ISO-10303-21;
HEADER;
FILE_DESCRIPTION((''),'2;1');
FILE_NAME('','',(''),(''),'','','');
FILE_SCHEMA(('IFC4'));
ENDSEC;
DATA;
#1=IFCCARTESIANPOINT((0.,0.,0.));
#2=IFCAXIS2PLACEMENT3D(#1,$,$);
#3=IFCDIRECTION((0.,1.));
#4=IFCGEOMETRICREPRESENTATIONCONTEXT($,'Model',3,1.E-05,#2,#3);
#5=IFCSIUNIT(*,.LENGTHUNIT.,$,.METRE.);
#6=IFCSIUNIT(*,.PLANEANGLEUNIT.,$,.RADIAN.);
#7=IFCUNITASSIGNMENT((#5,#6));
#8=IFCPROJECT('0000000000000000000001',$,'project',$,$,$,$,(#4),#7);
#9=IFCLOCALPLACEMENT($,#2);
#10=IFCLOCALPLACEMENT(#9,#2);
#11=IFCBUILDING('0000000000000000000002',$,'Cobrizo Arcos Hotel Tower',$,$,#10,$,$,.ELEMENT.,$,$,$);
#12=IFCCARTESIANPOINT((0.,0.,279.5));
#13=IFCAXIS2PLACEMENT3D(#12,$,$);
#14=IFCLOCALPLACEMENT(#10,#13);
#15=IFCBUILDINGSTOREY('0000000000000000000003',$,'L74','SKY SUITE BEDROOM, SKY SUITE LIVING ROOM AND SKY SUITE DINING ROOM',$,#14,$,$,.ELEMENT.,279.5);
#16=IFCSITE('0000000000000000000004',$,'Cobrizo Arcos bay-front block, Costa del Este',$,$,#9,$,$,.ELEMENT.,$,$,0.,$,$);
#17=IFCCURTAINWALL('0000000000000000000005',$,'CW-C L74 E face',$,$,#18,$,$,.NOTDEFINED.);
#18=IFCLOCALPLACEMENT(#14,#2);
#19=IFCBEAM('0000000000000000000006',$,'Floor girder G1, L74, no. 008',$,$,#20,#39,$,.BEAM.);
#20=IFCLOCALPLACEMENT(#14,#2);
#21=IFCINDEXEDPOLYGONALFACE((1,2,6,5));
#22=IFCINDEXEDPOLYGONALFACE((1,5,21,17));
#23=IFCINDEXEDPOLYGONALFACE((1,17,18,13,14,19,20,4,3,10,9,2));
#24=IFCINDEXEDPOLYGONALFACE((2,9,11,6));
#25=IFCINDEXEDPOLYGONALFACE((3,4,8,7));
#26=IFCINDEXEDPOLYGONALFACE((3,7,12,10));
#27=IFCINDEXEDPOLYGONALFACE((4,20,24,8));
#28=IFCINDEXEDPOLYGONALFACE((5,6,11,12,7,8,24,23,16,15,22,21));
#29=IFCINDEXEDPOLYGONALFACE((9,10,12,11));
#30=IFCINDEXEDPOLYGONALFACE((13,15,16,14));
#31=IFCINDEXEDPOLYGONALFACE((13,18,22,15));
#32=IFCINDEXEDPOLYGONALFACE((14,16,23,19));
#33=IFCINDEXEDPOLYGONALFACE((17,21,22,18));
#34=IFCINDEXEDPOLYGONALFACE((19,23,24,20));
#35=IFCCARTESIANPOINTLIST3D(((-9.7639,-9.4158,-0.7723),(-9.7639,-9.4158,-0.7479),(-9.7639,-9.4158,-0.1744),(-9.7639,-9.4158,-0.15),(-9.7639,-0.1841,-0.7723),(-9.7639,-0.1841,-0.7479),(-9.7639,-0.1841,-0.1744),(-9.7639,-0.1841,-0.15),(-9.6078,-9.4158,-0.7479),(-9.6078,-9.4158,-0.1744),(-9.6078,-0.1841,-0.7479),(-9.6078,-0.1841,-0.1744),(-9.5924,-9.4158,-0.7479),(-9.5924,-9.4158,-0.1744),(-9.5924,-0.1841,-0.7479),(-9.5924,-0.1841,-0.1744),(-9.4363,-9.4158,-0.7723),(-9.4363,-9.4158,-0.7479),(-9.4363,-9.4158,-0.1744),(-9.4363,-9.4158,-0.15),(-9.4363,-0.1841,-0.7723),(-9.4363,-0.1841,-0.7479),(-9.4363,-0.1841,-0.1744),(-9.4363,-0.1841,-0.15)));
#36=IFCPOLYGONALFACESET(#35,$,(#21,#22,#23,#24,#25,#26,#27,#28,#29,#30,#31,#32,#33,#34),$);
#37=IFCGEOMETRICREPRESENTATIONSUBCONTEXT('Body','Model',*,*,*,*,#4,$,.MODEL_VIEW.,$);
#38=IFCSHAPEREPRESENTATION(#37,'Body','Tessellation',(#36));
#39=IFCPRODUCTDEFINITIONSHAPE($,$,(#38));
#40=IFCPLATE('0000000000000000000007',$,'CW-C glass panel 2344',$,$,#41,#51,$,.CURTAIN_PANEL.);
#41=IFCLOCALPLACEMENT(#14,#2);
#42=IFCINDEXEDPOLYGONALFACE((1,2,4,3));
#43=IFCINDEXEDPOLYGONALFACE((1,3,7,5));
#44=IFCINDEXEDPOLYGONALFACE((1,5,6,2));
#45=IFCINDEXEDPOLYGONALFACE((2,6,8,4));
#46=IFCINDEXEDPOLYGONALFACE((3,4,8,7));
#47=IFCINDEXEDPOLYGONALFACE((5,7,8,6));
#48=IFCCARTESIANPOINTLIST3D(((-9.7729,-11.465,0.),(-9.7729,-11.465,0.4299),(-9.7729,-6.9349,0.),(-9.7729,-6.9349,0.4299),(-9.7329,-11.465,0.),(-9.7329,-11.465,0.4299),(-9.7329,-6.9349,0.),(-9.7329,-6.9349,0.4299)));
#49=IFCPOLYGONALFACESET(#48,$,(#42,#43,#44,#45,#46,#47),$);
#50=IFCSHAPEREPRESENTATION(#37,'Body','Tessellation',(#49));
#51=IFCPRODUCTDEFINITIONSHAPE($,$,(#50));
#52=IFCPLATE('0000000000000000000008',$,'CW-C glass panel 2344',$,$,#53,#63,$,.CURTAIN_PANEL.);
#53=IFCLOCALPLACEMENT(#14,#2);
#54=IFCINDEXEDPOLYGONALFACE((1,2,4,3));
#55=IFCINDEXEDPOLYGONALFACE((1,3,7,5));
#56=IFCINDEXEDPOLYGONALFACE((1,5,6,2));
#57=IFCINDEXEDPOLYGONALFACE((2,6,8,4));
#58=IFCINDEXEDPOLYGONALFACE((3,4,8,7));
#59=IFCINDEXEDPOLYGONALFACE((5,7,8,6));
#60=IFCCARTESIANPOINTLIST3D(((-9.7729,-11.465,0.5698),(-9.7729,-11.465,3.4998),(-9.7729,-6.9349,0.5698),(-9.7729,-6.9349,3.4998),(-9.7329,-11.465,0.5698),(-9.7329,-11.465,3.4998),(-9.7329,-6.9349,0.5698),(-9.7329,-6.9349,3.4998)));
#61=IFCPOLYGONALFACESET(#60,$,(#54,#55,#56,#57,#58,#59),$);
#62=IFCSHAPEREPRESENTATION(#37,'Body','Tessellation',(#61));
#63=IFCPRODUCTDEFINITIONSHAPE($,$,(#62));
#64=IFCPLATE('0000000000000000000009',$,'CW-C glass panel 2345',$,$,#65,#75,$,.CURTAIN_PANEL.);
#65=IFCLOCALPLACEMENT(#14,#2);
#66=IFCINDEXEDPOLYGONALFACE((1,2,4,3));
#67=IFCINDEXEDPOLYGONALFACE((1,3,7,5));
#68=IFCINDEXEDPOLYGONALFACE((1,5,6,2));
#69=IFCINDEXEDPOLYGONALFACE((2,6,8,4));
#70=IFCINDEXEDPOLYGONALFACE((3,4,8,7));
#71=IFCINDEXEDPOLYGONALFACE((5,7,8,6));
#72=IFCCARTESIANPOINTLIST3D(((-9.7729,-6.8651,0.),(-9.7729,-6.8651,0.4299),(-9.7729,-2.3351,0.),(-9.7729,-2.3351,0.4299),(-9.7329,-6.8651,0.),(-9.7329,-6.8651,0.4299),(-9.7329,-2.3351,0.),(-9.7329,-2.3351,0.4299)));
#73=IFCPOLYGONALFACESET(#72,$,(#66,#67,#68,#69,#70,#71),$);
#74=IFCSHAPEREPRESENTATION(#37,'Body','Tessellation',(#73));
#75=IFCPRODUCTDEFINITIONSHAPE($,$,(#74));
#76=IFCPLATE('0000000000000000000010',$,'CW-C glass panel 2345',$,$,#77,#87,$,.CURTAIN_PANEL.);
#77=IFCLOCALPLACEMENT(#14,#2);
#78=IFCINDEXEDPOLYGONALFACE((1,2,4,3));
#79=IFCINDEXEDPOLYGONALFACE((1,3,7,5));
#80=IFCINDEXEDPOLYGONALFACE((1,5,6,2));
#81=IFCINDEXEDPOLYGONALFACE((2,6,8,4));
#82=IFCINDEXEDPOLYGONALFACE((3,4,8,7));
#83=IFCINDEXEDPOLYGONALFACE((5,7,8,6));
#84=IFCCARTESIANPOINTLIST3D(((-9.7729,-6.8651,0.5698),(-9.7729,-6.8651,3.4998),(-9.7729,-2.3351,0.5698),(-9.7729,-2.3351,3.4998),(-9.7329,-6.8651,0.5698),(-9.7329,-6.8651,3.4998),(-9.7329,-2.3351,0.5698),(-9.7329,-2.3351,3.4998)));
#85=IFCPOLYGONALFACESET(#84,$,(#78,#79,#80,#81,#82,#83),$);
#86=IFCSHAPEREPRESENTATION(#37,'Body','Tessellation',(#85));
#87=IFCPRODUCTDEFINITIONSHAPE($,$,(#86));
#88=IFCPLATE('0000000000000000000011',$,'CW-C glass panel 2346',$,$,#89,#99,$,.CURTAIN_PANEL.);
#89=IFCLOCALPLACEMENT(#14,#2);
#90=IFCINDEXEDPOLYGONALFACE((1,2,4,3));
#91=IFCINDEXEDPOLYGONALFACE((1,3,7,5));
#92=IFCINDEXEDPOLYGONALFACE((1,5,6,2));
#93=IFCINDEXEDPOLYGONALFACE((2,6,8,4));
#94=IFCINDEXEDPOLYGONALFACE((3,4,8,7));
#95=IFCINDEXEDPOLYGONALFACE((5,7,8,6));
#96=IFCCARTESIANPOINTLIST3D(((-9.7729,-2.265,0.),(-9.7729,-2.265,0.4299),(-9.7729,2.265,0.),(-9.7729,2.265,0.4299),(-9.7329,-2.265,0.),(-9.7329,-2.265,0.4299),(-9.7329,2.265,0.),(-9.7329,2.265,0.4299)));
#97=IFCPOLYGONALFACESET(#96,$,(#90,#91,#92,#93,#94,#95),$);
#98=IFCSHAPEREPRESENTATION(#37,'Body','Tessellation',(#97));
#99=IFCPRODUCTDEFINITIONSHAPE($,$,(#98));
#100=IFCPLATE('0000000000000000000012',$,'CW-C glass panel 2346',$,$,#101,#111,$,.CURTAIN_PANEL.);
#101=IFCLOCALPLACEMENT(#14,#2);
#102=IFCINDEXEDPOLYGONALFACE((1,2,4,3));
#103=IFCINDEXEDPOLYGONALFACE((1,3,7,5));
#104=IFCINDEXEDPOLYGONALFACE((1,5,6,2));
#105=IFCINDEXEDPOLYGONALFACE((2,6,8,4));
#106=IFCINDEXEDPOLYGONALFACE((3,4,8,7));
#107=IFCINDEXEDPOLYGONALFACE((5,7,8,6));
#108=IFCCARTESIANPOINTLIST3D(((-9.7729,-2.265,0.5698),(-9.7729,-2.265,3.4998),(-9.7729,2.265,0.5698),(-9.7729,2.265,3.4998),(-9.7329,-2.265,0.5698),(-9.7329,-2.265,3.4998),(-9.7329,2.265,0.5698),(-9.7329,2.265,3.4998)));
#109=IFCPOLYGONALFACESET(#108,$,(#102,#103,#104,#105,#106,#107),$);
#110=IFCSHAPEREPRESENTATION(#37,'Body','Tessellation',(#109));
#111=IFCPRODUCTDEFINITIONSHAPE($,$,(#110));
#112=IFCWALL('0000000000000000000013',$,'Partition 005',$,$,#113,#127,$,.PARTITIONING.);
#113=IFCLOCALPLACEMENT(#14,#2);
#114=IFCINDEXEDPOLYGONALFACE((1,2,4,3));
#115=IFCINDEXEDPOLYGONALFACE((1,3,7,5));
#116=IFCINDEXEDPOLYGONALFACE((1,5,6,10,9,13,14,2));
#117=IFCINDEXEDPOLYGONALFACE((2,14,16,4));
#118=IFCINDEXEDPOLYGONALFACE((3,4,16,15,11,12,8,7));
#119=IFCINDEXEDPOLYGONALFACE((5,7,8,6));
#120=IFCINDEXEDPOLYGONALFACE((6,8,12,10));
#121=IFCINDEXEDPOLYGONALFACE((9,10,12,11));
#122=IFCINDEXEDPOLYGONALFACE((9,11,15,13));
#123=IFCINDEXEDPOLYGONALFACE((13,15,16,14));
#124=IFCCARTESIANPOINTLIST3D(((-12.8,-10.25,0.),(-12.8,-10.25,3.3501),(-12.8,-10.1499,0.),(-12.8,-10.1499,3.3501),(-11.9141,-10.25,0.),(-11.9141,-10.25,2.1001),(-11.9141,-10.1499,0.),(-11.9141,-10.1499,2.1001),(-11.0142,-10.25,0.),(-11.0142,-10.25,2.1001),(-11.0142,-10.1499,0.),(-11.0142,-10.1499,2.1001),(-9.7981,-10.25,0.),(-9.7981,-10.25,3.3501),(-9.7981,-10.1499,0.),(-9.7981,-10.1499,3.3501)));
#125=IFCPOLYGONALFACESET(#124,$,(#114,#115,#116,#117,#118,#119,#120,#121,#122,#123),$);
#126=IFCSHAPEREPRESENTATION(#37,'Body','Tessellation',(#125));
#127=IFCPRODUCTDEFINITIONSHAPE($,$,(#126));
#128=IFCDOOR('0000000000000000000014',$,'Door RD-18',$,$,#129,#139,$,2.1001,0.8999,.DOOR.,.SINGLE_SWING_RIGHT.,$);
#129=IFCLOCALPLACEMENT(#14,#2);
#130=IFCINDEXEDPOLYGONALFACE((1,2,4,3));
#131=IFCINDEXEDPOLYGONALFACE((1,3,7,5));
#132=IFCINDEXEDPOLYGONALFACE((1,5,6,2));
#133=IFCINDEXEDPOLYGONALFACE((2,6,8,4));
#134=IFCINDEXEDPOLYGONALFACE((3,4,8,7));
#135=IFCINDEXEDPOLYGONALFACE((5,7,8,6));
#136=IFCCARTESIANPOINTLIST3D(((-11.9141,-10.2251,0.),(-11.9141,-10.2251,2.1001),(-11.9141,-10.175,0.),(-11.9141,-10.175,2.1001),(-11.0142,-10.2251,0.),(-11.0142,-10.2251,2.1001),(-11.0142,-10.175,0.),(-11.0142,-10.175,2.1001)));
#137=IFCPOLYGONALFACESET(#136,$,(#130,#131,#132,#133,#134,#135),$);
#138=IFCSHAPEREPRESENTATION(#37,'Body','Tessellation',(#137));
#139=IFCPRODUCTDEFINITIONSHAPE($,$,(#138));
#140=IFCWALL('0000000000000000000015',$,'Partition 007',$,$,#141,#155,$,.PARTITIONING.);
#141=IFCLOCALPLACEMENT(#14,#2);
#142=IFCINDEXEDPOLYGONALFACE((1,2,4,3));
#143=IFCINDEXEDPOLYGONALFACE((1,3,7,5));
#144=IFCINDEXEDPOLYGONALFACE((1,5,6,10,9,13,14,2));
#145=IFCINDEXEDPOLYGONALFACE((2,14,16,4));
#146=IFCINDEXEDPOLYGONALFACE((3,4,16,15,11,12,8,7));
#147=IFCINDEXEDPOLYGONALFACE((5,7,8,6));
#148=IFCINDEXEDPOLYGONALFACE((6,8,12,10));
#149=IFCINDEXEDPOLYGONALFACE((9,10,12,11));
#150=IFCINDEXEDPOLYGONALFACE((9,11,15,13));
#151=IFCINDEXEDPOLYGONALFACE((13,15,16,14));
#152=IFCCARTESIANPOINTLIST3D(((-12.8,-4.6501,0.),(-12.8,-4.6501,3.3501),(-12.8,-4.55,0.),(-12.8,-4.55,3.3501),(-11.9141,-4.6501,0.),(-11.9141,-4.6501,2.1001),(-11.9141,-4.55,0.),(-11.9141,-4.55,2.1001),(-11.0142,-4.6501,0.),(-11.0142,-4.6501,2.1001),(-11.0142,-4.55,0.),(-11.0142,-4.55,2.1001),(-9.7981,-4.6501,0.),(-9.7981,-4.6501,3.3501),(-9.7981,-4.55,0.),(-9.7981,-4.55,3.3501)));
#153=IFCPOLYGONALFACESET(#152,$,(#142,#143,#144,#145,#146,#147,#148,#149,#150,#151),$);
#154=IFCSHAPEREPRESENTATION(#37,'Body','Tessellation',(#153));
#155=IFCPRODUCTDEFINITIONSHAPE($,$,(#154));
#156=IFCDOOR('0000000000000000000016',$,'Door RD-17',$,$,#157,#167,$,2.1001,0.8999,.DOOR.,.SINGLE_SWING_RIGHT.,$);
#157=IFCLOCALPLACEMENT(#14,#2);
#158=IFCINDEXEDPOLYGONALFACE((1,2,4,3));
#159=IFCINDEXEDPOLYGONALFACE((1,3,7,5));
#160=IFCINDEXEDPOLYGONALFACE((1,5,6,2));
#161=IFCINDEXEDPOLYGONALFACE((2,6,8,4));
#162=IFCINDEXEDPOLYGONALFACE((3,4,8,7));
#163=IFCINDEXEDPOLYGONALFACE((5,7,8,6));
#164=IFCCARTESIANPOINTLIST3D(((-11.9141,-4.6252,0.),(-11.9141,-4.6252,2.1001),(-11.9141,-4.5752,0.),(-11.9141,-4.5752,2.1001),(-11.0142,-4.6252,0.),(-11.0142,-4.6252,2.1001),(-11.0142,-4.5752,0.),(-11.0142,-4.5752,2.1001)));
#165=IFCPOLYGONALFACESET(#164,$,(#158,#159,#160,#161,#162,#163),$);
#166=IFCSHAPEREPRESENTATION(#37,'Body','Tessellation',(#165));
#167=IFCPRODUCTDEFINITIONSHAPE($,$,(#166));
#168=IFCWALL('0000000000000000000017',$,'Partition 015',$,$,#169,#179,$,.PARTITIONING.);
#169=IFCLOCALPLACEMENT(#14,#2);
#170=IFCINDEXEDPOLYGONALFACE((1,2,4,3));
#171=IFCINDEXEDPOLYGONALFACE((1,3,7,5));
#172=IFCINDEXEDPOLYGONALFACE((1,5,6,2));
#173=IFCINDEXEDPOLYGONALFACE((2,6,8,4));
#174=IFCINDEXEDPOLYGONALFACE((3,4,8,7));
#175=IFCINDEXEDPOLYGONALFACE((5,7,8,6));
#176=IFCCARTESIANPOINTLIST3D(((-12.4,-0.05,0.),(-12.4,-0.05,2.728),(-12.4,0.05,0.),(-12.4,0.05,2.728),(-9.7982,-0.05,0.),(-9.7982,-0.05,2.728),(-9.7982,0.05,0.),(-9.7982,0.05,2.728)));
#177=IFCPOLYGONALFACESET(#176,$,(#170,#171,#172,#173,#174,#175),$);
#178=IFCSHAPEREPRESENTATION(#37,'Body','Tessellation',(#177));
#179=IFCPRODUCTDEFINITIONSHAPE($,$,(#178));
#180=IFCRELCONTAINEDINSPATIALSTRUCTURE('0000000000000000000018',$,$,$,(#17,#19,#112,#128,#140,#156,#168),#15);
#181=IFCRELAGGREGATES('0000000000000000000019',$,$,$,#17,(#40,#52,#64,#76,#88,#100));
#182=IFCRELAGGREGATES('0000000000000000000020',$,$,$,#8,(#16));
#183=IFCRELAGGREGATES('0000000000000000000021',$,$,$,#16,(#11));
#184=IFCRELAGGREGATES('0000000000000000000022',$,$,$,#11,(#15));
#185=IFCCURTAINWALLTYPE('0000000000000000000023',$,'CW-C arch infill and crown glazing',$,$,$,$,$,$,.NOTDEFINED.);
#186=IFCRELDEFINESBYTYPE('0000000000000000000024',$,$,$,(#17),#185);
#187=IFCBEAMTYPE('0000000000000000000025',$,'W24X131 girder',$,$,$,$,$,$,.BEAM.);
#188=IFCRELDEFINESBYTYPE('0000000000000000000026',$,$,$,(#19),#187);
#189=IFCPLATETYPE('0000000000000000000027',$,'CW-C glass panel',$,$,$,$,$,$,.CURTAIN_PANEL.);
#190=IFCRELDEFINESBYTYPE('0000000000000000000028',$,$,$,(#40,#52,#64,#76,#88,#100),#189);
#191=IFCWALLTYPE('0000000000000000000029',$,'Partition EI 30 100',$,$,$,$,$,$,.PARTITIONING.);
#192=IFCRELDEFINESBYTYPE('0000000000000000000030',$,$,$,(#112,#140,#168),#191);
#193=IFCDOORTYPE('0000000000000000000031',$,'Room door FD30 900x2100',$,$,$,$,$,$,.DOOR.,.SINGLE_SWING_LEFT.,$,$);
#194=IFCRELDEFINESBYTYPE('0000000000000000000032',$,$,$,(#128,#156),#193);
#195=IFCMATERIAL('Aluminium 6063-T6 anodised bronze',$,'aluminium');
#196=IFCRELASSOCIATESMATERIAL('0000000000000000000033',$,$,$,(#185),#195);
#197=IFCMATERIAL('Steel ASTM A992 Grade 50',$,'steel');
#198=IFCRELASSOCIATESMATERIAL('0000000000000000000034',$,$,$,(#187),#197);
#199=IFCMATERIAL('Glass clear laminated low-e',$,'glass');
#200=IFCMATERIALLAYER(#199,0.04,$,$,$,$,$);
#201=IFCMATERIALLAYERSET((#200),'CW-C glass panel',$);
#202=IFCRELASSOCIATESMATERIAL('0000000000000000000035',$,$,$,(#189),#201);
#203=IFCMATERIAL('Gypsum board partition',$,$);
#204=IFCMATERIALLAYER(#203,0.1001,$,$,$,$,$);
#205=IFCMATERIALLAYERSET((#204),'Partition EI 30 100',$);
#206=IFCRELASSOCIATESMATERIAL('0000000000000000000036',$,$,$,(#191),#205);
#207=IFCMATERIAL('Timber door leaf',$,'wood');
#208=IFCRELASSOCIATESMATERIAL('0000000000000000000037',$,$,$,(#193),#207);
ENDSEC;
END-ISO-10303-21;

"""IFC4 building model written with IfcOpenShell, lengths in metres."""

from ifc_helpers import new_model, si_unit, direction, frame, frame_2d, origin, origin_2d, place, context, subcontext, project, spatial, rectangle, i_section, extrude, material, layer, layer_set, material_profile, profile_set, type_object, element, fill, aggregate, save


model = new_model("IFC4")

# Units and contexts
model_context = context("Model", 3, precision=1e-05, world=origin(), true_north=direction((0.0, 1.0)))
body_context = subcontext(model_context, "Body", "Model", "MODEL_VIEW")
ifc_project = project(units=[si_unit("LENGTHUNIT", "METRE"), si_unit("PLANEANGLEUNIT", "RADIAN")], contexts=[model_context])

# Site, building, storey
site_placement = place(None, origin())
site = spatial("IfcSite", under=ifc_project, at=site_placement, Name="Cobrizo Arcos bay-front block, Costa del Este", CompositionType="ELEMENT", RefElevation=0.0)
building_placement = place(site_placement, origin())
building = spatial("IfcBuilding", under=site, at=building_placement, Name="Cobrizo Arcos Hotel Tower", CompositionType="ELEMENT")
storey_placement = place(building_placement, frame((0.0, 0.0, 279.5)))
storey = spatial("IfcBuildingStorey", under=building, at=storey_placement, Name="L74", Description="SKY SUITE BEDROOM, SKY SUITE LIVING ROOM AND SKY SUITE DINING ROOM", CompositionType="ELEMENT", Elevation=279.5)

# Curtain wall
ifc_material_1 = material(Name="Aluminium 6063-T6 anodised bronze", Category="aluminium")
curtain_wall_type = type_object("IfcCurtainWallType", Name="CW-C arch infill and crown glazing", PredefinedType="NOTDEFINED", material=ifc_material_1)
curtain_wall_placement = place(storey_placement, origin())
curtain_wall = element("IfcCurtainWall", 1, at=curtain_wall_placement, inside=storey, type_object=curtain_wall_type, Name="CW-C L74 E face", PredefinedType="NOTDEFINED")

# Beam
ifc_material_2 = material(Name="Steel ASTM A992 Grade 50", Category="steel")
ifc_material_profile_1 = material_profile(ifc_material_2, i_section(OverallWidth=0.3276, OverallDepth=0.6223, WebThickness=0.0154, FlangeThickness=0.0244, at=origin_2d()), Name="W24X131")
ifc_profile_set_1 = profile_set([ifc_material_profile_1], Name="Steel ASTM A992 Grade 50")
beam_type_1 = type_object("IfcBeamType", Name="W24X131 girder", PredefinedType="BEAM", material=ifc_profile_set_1)
beam_1_placement = place(storey_placement, frame((-9.6001, -9.4158, -0.4612), z_axis=(0.0, 1.0, 0.0), x_axis=(-1.0, 0.0, 0.0)))
element("IfcBeam", 2, at=beam_1_placement, inside=storey, type_object=beam_type_1, Name="Floor girder G1, L74, no. 008", PredefinedType="BEAM", context=body_context, shape_type="SweptSolid", body=[
    extrude(i_section(OverallWidth=0.3276, OverallDepth=0.6223, WebThickness=0.0154, FlangeThickness=0.0244, at=origin_2d()), origin(), (0.0, 0.0, 1.0), 9.2317),
])

# Plates
ifc_material_3 = material(Name="Glass clear laminated low-e", Category="glass")
ifc_layer_1 = layer(ifc_material_3, 0.04)
ifc_layer_set_1 = layer_set([ifc_layer_1], Name="CW-C glass panel")
plate_type = type_object("IfcPlateType", Name="CW-C glass panel", PredefinedType="CURTAIN_PANEL", material=ifc_layer_set_1)
plate_1_placement = place(storey_placement, frame((-9.7529, -9.2, 0.0), z_axis=(0.0, 0.0, 1.0), x_axis=(0.0, 1.0, 0.0)))
plate_1 = element("IfcPlate", 3, at=plate_1_placement, type_object=plate_type, Name="CW-C glass panel 2344", PredefinedType="CURTAIN_PANEL", context=body_context, shape_type="SweptSolid", body=[
    extrude(rectangle(XDim=4.53, YDim=0.04, at=origin_2d()), origin(), (0.0, 0.0, 1.0), 0.4299),
])
plate_2_placement = place(storey_placement, frame((-9.7529, -9.2, 0.5698), z_axis=(0.0, 0.0, 1.0), x_axis=(0.0, 1.0, 0.0)))
plate_2 = element("IfcPlate", 4, at=plate_2_placement, type_object=plate_type, Name="CW-C glass panel 2344", PredefinedType="CURTAIN_PANEL", context=body_context, shape_type="SweptSolid", body=[
    extrude(rectangle(XDim=4.53, YDim=0.04, at=origin_2d()), origin(), (0.0, 0.0, 1.0), 2.9299),
])
plate_3_placement = place(storey_placement, frame((-9.7529, -4.6001, 0.0), z_axis=(0.0, 0.0, 1.0), x_axis=(0.0, 1.0, 0.0)))
plate_3 = element("IfcPlate", 5, at=plate_3_placement, type_object=plate_type, Name="CW-C glass panel 2345", PredefinedType="CURTAIN_PANEL", context=body_context, shape_type="SweptSolid", body=[
    extrude(rectangle(XDim=4.53, YDim=0.04, at=origin_2d()), origin(), (0.0, 0.0, 1.0), 0.4299),
])
plate_4_placement = place(storey_placement, frame((-9.7529, -4.6001, 0.5698), z_axis=(0.0, 0.0, 1.0), x_axis=(0.0, 1.0, 0.0)))
plate_4 = element("IfcPlate", 6, at=plate_4_placement, type_object=plate_type, Name="CW-C glass panel 2345", PredefinedType="CURTAIN_PANEL", context=body_context, shape_type="SweptSolid", body=[
    extrude(rectangle(XDim=4.53, YDim=0.04, at=origin_2d()), origin(), (0.0, 0.0, 1.0), 2.9299),
])
plate_5_placement = place(storey_placement, frame((-9.7529, 0.0, 0.0), z_axis=(0.0, 0.0, 1.0), x_axis=(0.0, 1.0, 0.0)))
plate_5 = element("IfcPlate", 7, at=plate_5_placement, type_object=plate_type, Name="CW-C glass panel 2346", PredefinedType="CURTAIN_PANEL", context=body_context, shape_type="SweptSolid", body=[
    extrude(rectangle(XDim=4.53, YDim=0.04, at=origin_2d()), origin(), (0.0, 0.0, 1.0), 0.4299),
])
plate_6_placement = place(storey_placement, frame((-9.7529, 0.0, 0.5698), z_axis=(0.0, 0.0, 1.0), x_axis=(0.0, 1.0, 0.0)))
plate_6 = element("IfcPlate", 8, at=plate_6_placement, type_object=plate_type, Name="CW-C glass panel 2346", PredefinedType="CURTAIN_PANEL", context=body_context, shape_type="SweptSolid", body=[
    extrude(rectangle(XDim=4.53, YDim=0.04, at=origin_2d()), origin(), (0.0, 0.0, 1.0), 2.9299),
])
aggregate(curtain_wall, [plate_1, plate_2, plate_3, plate_4, plate_5, plate_6])

# Walls, openings, doors
ifc_material_4 = material(Name="Gypsum board partition")
ifc_layer_2 = layer(ifc_material_4, 0.1001)
ifc_layer_set_2 = layer_set([ifc_layer_2], Name="Partition EI 30 100")
wall_type_1 = type_object("IfcWallType", Name="Partition EI 30 100", PredefinedType="PARTITIONING", material=ifc_layer_set_2)
wall_1_placement = place(storey_placement, frame((-12.8, -10.2, 0.0), z_axis=(0.0, 0.0, 1.0), x_axis=(1.0, 0.0, 0.0)))
wall_1 = element("IfcWall", 9, at=wall_1_placement, inside=storey, type_object=wall_type_1, Name="Partition 005", PredefinedType="PARTITIONING", context=body_context, shape_type="SweptSolid", body=[
    extrude(rectangle(XDim=3.002, YDim=0.1001, at=frame_2d((1.501, 0.0))), origin(), (0.0, 0.0, 1.0), 3.3501),
])
opening_1_placement = place(wall_1_placement, frame((0.886, 0.0, 0.0)))
opening_1 = element("IfcOpeningElement", 10, at=opening_1_placement, cuts=wall_1, PredefinedType="OPENING", context=body_context, shape_type="SweptSolid", body=[
    extrude(rectangle(XDim=0.8999, YDim=2.1001, at=frame_2d((0.45, 1.05))), frame((0.0, 0.062, 0.0), z_axis=(0.0, -1.0, 0.0), x_axis=(1.0, 0.0, 0.0)), (0.0, 0.0, 1.0), 0.124),
])
ifc_material_5 = material(Name="Timber door leaf", Category="wood")
door_type = type_object("IfcDoorType", Name="Room door FD30 900x2100", OperationType="SINGLE_SWING_LEFT", PredefinedType="DOOR", material=ifc_material_5)
door_1_placement = place(opening_1_placement, origin())
door_1 = element("IfcDoor", 11, at=door_1_placement, inside=storey, type_object=door_type, Name="Door RD-18", OperationType="SINGLE_SWING_RIGHT", OverallHeight=2.1001, OverallWidth=0.8999, PredefinedType="DOOR", context=body_context, shape_type="SweptSolid", body=[
    extrude(rectangle(XDim=0.8999, YDim=2.1001, at=frame_2d((0.45, 1.05))), frame((0.0, 0.0249, 0.0), z_axis=(0.0, -1.0, 0.0), x_axis=(1.0, 0.0, 0.0)), (0.0, 0.0, 1.0), 0.05),
])
fill(opening_1, door_1)
wall_2_placement = place(storey_placement, frame((-12.8, -4.6001, 0.0), z_axis=(0.0, 0.0, 1.0), x_axis=(1.0, 0.0, 0.0)))
wall_2 = element("IfcWall", 12, at=wall_2_placement, inside=storey, type_object=wall_type_1, Name="Partition 007", PredefinedType="PARTITIONING", context=body_context, shape_type="SweptSolid", body=[
    extrude(rectangle(XDim=3.002, YDim=0.1001, at=frame_2d((1.501, 0.0))), origin(), (0.0, 0.0, 1.0), 3.3501),
])
opening_2_placement = place(wall_2_placement, frame((0.886, 0.0, 0.0)))
opening_2 = element("IfcOpeningElement", 13, at=opening_2_placement, cuts=wall_2, PredefinedType="OPENING", context=body_context, shape_type="SweptSolid", body=[
    extrude(rectangle(XDim=0.8999, YDim=2.1001, at=frame_2d((0.45, 1.05))), frame((0.0, 0.062, 0.0), z_axis=(0.0, -1.0, 0.0), x_axis=(1.0, 0.0, 0.0)), (0.0, 0.0, 1.0), 0.124),
])
door_2_placement = place(opening_2_placement, origin())
door_2 = element("IfcDoor", 14, at=door_2_placement, inside=storey, type_object=door_type, Name="Door RD-17", OperationType="SINGLE_SWING_RIGHT", OverallHeight=2.1001, OverallWidth=0.8999, PredefinedType="DOOR", context=body_context, shape_type="SweptSolid", body=[
    extrude(rectangle(XDim=0.8999, YDim=2.1001, at=frame_2d((0.45, 1.05))), frame((0.0, 0.0249, 0.0), z_axis=(0.0, -1.0, 0.0), x_axis=(1.0, 0.0, 0.0)), (0.0, 0.0, 1.0), 0.05),
])
fill(opening_2, door_2)

# Wall
wall_3_placement = place(storey_placement, frame((-12.3999, 0.0, 0.0), z_axis=(0.0, 0.0, 1.0), x_axis=(1.0, 0.0, 0.0)))
element("IfcWall", 15, at=wall_3_placement, inside=storey, type_object=wall_type_1, Name="Partition 015", PredefinedType="PARTITIONING", context=body_context, shape_type="SweptSolid", body=[
    extrude(rectangle(XDim=2.6018, YDim=0.1001, at=frame_2d((1.3008, 0.0))), origin(), (0.0, 0.0, 1.0), 2.728),
])

save(model, "model.ifc")
